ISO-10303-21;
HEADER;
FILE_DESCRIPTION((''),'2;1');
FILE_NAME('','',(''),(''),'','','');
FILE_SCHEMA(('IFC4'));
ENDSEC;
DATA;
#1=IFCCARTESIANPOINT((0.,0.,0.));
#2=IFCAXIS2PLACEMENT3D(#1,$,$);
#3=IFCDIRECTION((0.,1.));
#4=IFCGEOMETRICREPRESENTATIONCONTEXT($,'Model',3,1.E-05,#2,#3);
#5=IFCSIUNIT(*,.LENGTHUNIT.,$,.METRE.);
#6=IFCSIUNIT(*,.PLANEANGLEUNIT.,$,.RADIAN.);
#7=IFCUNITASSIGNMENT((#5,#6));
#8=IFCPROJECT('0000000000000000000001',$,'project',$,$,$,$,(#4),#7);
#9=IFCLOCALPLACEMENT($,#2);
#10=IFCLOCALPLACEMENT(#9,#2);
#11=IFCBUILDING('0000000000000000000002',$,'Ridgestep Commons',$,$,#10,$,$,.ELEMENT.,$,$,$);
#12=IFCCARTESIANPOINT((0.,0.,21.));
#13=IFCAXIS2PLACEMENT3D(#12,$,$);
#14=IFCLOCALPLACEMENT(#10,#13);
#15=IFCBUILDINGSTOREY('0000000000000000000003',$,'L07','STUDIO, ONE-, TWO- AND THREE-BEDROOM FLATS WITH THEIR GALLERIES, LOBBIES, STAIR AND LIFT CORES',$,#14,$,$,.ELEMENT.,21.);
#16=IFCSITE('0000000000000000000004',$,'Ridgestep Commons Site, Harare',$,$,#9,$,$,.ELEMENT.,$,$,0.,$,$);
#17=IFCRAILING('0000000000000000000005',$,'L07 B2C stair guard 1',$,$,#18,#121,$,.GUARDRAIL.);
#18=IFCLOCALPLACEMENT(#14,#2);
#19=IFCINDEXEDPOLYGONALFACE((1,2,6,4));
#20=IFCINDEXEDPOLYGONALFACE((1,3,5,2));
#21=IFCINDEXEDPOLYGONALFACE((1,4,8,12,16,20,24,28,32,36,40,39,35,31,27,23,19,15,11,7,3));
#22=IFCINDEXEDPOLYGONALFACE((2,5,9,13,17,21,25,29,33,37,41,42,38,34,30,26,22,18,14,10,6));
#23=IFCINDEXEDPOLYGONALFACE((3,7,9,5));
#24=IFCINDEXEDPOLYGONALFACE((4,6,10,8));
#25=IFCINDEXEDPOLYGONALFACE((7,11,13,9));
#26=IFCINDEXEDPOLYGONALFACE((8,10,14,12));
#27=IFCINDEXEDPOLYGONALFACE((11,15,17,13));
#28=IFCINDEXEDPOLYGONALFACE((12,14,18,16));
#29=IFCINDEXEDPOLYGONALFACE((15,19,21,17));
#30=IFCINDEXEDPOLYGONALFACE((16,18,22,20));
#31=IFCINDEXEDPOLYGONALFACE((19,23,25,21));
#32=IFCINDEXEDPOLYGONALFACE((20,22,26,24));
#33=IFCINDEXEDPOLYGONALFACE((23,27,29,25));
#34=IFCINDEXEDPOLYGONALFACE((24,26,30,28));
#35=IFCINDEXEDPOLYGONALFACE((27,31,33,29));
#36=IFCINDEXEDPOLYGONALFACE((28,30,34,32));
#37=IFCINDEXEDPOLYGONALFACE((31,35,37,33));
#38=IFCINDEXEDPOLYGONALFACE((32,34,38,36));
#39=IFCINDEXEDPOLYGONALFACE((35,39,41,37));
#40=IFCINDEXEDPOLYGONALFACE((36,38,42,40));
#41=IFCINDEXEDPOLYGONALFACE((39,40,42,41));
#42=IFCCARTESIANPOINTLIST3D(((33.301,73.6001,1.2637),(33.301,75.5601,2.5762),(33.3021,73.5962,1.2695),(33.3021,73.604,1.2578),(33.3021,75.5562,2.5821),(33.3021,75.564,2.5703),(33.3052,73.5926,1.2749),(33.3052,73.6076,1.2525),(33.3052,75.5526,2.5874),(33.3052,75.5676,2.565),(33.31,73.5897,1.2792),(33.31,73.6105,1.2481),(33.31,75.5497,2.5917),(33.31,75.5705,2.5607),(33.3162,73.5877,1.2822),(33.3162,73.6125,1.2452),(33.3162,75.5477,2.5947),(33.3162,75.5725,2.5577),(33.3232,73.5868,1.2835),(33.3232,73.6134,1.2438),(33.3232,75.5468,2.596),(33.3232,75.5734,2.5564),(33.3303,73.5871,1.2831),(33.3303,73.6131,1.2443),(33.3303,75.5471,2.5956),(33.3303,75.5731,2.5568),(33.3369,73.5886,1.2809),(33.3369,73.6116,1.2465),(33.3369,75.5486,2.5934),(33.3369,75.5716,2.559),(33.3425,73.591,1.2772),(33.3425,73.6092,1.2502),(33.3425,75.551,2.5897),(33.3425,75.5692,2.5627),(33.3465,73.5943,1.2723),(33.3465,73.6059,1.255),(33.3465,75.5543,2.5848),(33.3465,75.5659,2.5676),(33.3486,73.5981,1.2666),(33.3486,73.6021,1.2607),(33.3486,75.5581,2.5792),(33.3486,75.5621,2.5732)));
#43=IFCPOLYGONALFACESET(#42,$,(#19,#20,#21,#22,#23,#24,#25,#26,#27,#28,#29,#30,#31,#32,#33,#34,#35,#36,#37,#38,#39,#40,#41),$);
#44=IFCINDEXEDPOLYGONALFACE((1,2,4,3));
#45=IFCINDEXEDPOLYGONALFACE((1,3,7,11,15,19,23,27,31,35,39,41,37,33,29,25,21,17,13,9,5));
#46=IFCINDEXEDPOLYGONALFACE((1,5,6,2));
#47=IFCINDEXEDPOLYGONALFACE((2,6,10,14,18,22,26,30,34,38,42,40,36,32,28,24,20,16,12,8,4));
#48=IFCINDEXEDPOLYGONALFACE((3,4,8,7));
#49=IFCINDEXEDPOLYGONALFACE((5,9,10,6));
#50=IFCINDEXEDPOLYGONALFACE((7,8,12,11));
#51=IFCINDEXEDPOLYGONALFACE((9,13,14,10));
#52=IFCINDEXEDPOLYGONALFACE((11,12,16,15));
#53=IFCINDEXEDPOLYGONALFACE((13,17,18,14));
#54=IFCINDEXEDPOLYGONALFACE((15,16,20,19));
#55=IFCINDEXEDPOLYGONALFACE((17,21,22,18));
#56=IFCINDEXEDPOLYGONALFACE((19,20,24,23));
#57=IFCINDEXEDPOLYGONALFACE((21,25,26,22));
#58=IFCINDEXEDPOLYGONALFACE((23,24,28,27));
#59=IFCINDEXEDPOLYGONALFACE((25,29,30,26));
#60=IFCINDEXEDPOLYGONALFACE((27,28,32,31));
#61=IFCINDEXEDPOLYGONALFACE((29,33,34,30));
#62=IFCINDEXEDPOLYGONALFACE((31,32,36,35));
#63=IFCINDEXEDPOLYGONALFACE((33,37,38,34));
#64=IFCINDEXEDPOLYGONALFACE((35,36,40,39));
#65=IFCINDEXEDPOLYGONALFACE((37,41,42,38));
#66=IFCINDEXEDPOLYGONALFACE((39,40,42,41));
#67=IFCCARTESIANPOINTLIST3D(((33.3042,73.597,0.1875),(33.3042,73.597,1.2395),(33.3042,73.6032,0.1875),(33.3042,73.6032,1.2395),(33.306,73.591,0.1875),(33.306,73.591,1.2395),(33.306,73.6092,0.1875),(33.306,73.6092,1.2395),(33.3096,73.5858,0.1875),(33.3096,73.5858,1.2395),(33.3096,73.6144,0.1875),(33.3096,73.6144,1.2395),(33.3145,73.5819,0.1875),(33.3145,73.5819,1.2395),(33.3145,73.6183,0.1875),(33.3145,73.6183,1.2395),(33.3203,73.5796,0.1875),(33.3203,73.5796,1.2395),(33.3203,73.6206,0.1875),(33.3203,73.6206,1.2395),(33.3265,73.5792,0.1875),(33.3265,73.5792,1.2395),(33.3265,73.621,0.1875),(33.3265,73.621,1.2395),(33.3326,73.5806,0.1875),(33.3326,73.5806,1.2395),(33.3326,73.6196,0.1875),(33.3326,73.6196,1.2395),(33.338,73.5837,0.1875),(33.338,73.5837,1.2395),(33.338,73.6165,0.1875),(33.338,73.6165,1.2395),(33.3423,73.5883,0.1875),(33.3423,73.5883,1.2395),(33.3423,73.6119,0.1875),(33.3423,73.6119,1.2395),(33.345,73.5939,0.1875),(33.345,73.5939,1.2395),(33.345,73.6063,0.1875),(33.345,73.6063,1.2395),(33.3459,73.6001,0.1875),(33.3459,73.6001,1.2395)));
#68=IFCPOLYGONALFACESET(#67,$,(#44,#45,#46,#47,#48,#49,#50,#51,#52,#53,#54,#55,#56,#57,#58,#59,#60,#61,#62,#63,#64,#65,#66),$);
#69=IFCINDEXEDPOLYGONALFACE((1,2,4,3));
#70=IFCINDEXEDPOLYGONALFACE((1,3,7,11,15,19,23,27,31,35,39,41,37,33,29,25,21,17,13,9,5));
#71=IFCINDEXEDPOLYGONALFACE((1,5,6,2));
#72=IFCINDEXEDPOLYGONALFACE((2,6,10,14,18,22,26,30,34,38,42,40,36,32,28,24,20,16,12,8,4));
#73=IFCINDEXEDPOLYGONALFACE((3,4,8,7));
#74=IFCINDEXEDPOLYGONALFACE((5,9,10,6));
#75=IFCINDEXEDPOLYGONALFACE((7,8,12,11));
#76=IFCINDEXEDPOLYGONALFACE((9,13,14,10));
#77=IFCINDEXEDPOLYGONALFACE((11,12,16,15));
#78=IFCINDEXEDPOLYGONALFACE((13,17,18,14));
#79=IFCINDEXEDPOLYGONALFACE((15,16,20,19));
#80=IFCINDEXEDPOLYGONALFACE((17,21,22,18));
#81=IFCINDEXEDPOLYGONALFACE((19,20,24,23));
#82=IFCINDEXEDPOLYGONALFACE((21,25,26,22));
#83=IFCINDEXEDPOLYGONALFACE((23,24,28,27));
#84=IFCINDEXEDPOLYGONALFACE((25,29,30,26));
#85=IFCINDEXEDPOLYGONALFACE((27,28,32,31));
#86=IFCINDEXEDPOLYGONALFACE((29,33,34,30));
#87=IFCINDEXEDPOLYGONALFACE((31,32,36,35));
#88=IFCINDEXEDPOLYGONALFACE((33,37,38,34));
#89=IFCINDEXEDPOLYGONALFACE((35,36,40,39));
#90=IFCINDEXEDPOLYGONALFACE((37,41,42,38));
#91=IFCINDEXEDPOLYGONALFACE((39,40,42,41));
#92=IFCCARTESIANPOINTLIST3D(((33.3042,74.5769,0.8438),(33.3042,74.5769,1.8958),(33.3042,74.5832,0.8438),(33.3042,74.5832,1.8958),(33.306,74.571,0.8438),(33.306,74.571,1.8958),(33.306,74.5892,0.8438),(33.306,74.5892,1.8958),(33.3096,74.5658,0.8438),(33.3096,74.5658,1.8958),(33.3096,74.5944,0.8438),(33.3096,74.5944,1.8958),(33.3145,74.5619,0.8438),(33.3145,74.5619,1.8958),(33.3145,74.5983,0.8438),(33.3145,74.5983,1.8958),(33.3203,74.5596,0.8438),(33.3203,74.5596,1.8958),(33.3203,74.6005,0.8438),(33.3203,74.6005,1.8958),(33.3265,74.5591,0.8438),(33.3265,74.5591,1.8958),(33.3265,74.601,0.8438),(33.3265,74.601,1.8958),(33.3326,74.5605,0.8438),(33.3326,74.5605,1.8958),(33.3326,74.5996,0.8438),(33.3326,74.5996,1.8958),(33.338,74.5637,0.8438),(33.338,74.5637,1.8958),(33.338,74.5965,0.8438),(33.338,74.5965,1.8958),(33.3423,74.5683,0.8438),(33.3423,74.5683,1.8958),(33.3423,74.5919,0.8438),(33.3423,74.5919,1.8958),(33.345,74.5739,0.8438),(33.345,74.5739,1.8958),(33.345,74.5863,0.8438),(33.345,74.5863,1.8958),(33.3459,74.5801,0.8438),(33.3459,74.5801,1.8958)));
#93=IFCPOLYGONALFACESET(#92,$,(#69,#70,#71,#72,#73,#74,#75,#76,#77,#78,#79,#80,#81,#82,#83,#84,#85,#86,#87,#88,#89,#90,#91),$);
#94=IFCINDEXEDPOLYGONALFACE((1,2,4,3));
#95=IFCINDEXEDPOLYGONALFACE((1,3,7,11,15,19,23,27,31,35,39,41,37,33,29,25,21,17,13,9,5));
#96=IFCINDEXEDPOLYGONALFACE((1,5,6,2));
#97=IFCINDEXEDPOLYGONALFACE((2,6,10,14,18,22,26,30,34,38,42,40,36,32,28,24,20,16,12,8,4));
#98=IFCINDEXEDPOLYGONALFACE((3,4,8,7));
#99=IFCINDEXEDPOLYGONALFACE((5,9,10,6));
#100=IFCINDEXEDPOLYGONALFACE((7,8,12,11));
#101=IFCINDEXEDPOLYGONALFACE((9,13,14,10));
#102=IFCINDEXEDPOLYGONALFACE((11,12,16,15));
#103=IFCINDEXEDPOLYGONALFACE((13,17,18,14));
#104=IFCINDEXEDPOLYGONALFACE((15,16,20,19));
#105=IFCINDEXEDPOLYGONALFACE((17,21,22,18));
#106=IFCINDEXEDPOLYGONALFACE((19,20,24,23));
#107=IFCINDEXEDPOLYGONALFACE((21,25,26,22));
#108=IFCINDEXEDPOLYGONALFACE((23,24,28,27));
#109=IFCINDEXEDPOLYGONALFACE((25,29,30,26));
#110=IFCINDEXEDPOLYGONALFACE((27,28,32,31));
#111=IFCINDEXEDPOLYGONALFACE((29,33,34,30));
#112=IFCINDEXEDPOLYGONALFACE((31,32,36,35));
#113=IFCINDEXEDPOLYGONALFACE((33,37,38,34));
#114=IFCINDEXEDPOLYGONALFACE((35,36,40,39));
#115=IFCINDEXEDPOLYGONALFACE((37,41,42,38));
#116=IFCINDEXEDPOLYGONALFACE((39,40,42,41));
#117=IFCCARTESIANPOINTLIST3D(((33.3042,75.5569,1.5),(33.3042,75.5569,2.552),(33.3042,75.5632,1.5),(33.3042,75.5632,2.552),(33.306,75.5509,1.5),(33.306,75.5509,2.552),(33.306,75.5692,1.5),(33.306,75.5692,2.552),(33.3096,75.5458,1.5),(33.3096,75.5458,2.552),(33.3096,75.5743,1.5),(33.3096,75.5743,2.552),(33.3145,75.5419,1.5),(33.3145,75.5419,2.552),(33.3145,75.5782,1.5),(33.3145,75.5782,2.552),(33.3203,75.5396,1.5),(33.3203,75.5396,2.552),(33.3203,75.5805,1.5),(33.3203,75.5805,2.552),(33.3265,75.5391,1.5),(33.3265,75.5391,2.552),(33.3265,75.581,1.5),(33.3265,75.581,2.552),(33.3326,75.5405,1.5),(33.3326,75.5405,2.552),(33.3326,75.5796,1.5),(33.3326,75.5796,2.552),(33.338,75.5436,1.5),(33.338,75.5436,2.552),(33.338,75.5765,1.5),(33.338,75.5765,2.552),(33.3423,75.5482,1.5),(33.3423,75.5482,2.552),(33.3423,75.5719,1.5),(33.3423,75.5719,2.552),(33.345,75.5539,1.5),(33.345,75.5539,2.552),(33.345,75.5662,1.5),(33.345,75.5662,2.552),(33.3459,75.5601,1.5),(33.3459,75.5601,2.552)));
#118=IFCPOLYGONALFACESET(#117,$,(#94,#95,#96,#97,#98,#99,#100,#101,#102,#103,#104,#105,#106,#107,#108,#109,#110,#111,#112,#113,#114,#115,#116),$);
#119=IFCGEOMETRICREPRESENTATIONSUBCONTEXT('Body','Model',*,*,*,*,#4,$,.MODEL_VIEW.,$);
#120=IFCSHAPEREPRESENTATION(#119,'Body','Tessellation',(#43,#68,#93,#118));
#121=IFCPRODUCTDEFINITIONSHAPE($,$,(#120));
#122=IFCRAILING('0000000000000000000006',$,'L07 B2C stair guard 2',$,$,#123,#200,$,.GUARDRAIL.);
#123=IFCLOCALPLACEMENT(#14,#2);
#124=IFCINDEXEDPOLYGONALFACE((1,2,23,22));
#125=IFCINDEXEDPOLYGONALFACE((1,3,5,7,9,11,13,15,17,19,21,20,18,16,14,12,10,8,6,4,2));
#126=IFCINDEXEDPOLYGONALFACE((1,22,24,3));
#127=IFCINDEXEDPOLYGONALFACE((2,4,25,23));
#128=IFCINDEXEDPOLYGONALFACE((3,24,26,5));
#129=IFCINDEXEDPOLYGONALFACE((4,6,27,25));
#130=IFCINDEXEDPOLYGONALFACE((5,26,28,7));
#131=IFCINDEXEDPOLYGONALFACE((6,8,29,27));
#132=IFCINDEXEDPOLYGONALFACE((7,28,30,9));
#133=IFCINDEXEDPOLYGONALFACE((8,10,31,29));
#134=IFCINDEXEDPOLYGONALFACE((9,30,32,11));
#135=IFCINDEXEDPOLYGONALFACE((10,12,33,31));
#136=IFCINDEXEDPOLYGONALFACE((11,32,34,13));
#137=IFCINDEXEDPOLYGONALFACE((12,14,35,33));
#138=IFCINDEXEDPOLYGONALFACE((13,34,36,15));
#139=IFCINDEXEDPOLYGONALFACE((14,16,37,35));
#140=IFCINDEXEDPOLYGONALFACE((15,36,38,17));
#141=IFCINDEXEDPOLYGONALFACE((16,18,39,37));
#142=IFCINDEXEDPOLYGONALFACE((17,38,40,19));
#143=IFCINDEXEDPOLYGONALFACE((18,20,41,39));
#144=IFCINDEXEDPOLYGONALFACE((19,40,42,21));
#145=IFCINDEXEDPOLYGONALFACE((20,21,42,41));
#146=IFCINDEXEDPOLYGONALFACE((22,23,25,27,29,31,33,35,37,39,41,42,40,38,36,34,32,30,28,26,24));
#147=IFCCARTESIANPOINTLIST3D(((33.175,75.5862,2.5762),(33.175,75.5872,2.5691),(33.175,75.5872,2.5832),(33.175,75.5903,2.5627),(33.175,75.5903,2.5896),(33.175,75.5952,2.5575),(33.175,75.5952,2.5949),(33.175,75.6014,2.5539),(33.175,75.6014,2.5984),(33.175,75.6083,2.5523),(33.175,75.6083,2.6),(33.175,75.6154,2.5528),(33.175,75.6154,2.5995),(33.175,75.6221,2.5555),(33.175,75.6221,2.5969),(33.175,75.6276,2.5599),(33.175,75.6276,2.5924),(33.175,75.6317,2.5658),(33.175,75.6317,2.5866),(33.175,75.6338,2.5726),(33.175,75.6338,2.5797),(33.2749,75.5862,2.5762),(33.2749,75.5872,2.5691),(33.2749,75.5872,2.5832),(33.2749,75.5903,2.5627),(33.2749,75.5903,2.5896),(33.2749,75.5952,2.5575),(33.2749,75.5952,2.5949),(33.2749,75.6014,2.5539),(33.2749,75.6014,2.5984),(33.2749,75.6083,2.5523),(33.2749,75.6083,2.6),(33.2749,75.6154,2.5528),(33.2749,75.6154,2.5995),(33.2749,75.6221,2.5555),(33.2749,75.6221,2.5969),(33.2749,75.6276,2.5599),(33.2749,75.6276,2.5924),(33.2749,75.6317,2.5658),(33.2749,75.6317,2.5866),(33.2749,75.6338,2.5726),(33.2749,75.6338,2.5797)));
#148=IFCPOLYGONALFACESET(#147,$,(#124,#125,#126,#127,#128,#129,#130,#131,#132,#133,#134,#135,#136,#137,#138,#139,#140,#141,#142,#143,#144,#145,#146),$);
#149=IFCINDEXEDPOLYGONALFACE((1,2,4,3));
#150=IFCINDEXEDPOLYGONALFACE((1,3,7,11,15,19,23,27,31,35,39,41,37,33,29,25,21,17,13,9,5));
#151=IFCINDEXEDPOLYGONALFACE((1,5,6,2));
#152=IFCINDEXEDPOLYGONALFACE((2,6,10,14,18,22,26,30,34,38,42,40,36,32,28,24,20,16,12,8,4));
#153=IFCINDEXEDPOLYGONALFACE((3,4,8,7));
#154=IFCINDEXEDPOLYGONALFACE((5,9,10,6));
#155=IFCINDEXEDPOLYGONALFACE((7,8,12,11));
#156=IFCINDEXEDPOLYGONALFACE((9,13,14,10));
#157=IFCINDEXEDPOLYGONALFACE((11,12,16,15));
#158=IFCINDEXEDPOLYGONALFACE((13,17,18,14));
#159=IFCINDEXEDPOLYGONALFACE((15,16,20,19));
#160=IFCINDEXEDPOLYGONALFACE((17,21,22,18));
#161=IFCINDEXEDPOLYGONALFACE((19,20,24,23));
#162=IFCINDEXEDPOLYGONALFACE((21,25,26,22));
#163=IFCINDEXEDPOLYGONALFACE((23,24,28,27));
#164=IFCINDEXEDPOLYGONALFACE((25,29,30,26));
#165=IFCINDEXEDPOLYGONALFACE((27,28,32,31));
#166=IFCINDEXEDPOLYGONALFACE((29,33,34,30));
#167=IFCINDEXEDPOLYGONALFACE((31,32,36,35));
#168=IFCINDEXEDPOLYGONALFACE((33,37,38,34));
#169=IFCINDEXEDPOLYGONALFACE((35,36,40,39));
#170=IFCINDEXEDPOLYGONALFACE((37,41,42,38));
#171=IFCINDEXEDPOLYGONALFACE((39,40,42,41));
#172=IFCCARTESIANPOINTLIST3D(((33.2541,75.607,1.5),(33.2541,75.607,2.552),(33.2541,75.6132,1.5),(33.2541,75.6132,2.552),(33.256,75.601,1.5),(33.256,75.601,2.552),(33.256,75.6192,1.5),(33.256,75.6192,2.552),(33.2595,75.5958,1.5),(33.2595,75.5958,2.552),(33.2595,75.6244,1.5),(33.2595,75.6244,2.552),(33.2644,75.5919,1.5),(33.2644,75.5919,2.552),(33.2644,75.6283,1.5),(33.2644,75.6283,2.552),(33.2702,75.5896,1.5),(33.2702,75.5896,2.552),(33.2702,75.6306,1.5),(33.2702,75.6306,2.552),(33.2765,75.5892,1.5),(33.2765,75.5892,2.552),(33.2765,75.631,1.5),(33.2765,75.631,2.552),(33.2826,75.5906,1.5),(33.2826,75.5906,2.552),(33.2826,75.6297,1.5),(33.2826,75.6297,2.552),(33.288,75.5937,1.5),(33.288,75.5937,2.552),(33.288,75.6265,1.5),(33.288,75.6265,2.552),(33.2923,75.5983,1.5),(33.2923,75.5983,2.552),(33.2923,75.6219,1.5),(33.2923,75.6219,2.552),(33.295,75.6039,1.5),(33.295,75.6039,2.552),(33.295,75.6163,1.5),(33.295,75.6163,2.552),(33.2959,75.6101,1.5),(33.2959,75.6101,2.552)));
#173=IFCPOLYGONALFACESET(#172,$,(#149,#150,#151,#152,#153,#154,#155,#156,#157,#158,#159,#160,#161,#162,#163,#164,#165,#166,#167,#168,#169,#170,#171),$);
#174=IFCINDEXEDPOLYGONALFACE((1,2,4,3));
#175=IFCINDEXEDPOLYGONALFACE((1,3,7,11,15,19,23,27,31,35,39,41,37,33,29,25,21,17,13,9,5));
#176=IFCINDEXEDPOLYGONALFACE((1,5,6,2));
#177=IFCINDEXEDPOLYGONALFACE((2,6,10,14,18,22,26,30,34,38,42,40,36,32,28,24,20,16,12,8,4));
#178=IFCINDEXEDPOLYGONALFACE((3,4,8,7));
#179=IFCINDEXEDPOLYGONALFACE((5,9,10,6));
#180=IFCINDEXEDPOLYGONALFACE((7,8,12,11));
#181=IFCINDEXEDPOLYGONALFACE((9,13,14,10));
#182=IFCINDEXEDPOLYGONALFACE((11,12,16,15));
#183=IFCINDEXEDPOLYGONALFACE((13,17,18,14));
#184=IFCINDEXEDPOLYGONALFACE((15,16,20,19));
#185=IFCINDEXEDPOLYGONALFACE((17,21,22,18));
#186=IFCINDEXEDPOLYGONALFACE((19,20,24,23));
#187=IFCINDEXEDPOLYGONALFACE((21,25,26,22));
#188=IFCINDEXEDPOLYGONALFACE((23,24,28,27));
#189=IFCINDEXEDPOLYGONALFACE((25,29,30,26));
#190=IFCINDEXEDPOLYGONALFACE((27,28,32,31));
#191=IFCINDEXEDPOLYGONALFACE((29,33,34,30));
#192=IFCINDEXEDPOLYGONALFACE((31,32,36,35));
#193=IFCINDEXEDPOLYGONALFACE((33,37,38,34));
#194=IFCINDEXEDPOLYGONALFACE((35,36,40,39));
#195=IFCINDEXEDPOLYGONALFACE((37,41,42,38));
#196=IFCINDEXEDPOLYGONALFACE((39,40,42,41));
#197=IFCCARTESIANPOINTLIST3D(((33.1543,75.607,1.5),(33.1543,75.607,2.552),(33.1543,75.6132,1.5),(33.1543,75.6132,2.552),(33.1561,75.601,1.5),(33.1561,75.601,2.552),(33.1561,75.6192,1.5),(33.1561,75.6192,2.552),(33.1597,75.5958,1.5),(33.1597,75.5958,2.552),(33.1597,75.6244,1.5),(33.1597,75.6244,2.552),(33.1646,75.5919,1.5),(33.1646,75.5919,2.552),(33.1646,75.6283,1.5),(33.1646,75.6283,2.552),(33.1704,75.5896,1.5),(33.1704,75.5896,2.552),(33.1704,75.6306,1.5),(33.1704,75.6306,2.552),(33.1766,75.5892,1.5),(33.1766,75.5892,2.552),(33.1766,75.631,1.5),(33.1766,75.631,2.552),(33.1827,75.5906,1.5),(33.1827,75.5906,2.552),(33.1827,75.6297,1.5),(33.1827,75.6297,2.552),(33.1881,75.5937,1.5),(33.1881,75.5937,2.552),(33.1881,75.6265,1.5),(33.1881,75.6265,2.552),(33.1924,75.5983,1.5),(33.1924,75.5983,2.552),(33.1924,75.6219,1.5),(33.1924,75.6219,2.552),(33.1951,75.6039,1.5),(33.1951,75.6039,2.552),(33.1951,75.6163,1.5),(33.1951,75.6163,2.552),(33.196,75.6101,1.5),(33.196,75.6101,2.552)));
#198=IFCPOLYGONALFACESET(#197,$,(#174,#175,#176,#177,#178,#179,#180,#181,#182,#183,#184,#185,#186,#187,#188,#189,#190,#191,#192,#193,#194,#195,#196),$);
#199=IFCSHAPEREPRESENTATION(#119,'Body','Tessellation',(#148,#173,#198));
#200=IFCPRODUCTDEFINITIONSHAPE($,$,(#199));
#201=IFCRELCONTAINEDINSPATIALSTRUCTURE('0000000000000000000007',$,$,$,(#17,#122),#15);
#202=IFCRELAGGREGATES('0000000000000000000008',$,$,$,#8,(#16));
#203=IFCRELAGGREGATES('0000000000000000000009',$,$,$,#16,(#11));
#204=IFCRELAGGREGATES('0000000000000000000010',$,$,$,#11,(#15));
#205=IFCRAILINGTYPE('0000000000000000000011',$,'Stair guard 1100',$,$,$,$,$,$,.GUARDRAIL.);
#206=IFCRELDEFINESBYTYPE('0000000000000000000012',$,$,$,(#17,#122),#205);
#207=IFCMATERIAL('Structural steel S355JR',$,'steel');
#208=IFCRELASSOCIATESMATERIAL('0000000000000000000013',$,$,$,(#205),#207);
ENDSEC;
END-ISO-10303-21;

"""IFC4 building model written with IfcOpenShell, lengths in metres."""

from ifc_helpers import new_model, si_unit, direction, frame, origin, origin_2d, place, context, subcontext, project, spatial, circle, extrude, material, type_object, element, save


model = new_model("IFC4")

# Units and contexts
model_context = context("Model", 3, precision=1e-05, world=origin(), true_north=direction((0.0, 1.0)))
body_context = subcontext(model_context, "Body", "Model", "MODEL_VIEW")
ifc_project = project(units=[si_unit("LENGTHUNIT", "METRE"), si_unit("PLANEANGLEUNIT", "RADIAN")], contexts=[model_context])

# Site, building, storey
site_placement = place(None, origin())
site = spatial("IfcSite", under=ifc_project, at=site_placement, Name="Ridgestep Commons Site, Harare", CompositionType="ELEMENT", RefElevation=0.0)
building_placement = place(site_placement, origin())
building = spatial("IfcBuilding", under=site, at=building_placement, Name="Ridgestep Commons", CompositionType="ELEMENT")
storey_placement = place(building_placement, frame((0.0, 0.0, 21.0)))
storey = spatial("IfcBuildingStorey", under=building, at=storey_placement, Name="L07", Description="STUDIO, ONE-, TWO- AND THREE-BEDROOM FLATS WITH THEIR GALLERIES, LOBBIES, STAIR AND LIFT CORES", CompositionType="ELEMENT", Elevation=21.0)

# Railings
ifc_material_1 = material(Name="Structural steel S355JR", Category="steel")
railing_type_1 = type_object("IfcRailingType", Name="Stair guard 1100", PredefinedType="GUARDRAIL", material=ifc_material_1)
railing_1_placement = place(storey_placement, frame((33.325, 73.6001, 0.1875)))
element("IfcRailing", 1, at=railing_1_placement, inside=storey, type_object=railing_type_1, Name="L07 B2C stair guard 1", PredefinedType="GUARDRAIL", context=body_context, shape_type="SweptSolid", body=[
    extrude(circle(Radius=0.0239, at=origin_2d()), frame((0.0, 0.0, 1.0762), z_axis=(0.0, 0.830902, 0.556419), x_axis=(-1.0, 0.0, 0.0)), (0.0, 0.0, 1.0), 2.3589),
    extrude(circle(Radius=0.021, at=origin_2d()), origin(), (0.0, 0.0, 1.0), 1.052),
    extrude(circle(Radius=0.021, at=origin_2d()), frame((0.0, 0.98, 0.6562)), (0.0, 0.0, 1.0), 1.052),
    extrude(circle(Radius=0.021, at=origin_2d()), frame((0.0, 1.96, 1.3125)), (0.0, 0.0, 1.0), 1.052),
])
railing_2_placement = place(storey_placement, frame((33.2749, 75.6101, 1.5)))
element("IfcRailing", 2, at=railing_2_placement, inside=storey, type_object=railing_type_1, Name="L07 B2C stair guard 2", PredefinedType="GUARDRAIL", context=body_context, shape_type="SweptSolid", body=[
    extrude(circle(Radius=0.0239, at=origin_2d()), frame((0.0, 0.0, 1.0762), z_axis=(-1.0, 0.0, 0.0), x_axis=(0.0, -1.0, 0.0)), (0.0, 0.0, 1.0), 0.0999),
    extrude(circle(Radius=0.021, at=origin_2d()), origin(), (0.0, 0.0, 1.0), 1.052),
    extrude(circle(Radius=0.021, at=origin_2d()), frame((-0.0999, 0.0, 0.0)), (0.0, 0.0, 1.0), 1.052),
])

save(model, "model.ifc")
